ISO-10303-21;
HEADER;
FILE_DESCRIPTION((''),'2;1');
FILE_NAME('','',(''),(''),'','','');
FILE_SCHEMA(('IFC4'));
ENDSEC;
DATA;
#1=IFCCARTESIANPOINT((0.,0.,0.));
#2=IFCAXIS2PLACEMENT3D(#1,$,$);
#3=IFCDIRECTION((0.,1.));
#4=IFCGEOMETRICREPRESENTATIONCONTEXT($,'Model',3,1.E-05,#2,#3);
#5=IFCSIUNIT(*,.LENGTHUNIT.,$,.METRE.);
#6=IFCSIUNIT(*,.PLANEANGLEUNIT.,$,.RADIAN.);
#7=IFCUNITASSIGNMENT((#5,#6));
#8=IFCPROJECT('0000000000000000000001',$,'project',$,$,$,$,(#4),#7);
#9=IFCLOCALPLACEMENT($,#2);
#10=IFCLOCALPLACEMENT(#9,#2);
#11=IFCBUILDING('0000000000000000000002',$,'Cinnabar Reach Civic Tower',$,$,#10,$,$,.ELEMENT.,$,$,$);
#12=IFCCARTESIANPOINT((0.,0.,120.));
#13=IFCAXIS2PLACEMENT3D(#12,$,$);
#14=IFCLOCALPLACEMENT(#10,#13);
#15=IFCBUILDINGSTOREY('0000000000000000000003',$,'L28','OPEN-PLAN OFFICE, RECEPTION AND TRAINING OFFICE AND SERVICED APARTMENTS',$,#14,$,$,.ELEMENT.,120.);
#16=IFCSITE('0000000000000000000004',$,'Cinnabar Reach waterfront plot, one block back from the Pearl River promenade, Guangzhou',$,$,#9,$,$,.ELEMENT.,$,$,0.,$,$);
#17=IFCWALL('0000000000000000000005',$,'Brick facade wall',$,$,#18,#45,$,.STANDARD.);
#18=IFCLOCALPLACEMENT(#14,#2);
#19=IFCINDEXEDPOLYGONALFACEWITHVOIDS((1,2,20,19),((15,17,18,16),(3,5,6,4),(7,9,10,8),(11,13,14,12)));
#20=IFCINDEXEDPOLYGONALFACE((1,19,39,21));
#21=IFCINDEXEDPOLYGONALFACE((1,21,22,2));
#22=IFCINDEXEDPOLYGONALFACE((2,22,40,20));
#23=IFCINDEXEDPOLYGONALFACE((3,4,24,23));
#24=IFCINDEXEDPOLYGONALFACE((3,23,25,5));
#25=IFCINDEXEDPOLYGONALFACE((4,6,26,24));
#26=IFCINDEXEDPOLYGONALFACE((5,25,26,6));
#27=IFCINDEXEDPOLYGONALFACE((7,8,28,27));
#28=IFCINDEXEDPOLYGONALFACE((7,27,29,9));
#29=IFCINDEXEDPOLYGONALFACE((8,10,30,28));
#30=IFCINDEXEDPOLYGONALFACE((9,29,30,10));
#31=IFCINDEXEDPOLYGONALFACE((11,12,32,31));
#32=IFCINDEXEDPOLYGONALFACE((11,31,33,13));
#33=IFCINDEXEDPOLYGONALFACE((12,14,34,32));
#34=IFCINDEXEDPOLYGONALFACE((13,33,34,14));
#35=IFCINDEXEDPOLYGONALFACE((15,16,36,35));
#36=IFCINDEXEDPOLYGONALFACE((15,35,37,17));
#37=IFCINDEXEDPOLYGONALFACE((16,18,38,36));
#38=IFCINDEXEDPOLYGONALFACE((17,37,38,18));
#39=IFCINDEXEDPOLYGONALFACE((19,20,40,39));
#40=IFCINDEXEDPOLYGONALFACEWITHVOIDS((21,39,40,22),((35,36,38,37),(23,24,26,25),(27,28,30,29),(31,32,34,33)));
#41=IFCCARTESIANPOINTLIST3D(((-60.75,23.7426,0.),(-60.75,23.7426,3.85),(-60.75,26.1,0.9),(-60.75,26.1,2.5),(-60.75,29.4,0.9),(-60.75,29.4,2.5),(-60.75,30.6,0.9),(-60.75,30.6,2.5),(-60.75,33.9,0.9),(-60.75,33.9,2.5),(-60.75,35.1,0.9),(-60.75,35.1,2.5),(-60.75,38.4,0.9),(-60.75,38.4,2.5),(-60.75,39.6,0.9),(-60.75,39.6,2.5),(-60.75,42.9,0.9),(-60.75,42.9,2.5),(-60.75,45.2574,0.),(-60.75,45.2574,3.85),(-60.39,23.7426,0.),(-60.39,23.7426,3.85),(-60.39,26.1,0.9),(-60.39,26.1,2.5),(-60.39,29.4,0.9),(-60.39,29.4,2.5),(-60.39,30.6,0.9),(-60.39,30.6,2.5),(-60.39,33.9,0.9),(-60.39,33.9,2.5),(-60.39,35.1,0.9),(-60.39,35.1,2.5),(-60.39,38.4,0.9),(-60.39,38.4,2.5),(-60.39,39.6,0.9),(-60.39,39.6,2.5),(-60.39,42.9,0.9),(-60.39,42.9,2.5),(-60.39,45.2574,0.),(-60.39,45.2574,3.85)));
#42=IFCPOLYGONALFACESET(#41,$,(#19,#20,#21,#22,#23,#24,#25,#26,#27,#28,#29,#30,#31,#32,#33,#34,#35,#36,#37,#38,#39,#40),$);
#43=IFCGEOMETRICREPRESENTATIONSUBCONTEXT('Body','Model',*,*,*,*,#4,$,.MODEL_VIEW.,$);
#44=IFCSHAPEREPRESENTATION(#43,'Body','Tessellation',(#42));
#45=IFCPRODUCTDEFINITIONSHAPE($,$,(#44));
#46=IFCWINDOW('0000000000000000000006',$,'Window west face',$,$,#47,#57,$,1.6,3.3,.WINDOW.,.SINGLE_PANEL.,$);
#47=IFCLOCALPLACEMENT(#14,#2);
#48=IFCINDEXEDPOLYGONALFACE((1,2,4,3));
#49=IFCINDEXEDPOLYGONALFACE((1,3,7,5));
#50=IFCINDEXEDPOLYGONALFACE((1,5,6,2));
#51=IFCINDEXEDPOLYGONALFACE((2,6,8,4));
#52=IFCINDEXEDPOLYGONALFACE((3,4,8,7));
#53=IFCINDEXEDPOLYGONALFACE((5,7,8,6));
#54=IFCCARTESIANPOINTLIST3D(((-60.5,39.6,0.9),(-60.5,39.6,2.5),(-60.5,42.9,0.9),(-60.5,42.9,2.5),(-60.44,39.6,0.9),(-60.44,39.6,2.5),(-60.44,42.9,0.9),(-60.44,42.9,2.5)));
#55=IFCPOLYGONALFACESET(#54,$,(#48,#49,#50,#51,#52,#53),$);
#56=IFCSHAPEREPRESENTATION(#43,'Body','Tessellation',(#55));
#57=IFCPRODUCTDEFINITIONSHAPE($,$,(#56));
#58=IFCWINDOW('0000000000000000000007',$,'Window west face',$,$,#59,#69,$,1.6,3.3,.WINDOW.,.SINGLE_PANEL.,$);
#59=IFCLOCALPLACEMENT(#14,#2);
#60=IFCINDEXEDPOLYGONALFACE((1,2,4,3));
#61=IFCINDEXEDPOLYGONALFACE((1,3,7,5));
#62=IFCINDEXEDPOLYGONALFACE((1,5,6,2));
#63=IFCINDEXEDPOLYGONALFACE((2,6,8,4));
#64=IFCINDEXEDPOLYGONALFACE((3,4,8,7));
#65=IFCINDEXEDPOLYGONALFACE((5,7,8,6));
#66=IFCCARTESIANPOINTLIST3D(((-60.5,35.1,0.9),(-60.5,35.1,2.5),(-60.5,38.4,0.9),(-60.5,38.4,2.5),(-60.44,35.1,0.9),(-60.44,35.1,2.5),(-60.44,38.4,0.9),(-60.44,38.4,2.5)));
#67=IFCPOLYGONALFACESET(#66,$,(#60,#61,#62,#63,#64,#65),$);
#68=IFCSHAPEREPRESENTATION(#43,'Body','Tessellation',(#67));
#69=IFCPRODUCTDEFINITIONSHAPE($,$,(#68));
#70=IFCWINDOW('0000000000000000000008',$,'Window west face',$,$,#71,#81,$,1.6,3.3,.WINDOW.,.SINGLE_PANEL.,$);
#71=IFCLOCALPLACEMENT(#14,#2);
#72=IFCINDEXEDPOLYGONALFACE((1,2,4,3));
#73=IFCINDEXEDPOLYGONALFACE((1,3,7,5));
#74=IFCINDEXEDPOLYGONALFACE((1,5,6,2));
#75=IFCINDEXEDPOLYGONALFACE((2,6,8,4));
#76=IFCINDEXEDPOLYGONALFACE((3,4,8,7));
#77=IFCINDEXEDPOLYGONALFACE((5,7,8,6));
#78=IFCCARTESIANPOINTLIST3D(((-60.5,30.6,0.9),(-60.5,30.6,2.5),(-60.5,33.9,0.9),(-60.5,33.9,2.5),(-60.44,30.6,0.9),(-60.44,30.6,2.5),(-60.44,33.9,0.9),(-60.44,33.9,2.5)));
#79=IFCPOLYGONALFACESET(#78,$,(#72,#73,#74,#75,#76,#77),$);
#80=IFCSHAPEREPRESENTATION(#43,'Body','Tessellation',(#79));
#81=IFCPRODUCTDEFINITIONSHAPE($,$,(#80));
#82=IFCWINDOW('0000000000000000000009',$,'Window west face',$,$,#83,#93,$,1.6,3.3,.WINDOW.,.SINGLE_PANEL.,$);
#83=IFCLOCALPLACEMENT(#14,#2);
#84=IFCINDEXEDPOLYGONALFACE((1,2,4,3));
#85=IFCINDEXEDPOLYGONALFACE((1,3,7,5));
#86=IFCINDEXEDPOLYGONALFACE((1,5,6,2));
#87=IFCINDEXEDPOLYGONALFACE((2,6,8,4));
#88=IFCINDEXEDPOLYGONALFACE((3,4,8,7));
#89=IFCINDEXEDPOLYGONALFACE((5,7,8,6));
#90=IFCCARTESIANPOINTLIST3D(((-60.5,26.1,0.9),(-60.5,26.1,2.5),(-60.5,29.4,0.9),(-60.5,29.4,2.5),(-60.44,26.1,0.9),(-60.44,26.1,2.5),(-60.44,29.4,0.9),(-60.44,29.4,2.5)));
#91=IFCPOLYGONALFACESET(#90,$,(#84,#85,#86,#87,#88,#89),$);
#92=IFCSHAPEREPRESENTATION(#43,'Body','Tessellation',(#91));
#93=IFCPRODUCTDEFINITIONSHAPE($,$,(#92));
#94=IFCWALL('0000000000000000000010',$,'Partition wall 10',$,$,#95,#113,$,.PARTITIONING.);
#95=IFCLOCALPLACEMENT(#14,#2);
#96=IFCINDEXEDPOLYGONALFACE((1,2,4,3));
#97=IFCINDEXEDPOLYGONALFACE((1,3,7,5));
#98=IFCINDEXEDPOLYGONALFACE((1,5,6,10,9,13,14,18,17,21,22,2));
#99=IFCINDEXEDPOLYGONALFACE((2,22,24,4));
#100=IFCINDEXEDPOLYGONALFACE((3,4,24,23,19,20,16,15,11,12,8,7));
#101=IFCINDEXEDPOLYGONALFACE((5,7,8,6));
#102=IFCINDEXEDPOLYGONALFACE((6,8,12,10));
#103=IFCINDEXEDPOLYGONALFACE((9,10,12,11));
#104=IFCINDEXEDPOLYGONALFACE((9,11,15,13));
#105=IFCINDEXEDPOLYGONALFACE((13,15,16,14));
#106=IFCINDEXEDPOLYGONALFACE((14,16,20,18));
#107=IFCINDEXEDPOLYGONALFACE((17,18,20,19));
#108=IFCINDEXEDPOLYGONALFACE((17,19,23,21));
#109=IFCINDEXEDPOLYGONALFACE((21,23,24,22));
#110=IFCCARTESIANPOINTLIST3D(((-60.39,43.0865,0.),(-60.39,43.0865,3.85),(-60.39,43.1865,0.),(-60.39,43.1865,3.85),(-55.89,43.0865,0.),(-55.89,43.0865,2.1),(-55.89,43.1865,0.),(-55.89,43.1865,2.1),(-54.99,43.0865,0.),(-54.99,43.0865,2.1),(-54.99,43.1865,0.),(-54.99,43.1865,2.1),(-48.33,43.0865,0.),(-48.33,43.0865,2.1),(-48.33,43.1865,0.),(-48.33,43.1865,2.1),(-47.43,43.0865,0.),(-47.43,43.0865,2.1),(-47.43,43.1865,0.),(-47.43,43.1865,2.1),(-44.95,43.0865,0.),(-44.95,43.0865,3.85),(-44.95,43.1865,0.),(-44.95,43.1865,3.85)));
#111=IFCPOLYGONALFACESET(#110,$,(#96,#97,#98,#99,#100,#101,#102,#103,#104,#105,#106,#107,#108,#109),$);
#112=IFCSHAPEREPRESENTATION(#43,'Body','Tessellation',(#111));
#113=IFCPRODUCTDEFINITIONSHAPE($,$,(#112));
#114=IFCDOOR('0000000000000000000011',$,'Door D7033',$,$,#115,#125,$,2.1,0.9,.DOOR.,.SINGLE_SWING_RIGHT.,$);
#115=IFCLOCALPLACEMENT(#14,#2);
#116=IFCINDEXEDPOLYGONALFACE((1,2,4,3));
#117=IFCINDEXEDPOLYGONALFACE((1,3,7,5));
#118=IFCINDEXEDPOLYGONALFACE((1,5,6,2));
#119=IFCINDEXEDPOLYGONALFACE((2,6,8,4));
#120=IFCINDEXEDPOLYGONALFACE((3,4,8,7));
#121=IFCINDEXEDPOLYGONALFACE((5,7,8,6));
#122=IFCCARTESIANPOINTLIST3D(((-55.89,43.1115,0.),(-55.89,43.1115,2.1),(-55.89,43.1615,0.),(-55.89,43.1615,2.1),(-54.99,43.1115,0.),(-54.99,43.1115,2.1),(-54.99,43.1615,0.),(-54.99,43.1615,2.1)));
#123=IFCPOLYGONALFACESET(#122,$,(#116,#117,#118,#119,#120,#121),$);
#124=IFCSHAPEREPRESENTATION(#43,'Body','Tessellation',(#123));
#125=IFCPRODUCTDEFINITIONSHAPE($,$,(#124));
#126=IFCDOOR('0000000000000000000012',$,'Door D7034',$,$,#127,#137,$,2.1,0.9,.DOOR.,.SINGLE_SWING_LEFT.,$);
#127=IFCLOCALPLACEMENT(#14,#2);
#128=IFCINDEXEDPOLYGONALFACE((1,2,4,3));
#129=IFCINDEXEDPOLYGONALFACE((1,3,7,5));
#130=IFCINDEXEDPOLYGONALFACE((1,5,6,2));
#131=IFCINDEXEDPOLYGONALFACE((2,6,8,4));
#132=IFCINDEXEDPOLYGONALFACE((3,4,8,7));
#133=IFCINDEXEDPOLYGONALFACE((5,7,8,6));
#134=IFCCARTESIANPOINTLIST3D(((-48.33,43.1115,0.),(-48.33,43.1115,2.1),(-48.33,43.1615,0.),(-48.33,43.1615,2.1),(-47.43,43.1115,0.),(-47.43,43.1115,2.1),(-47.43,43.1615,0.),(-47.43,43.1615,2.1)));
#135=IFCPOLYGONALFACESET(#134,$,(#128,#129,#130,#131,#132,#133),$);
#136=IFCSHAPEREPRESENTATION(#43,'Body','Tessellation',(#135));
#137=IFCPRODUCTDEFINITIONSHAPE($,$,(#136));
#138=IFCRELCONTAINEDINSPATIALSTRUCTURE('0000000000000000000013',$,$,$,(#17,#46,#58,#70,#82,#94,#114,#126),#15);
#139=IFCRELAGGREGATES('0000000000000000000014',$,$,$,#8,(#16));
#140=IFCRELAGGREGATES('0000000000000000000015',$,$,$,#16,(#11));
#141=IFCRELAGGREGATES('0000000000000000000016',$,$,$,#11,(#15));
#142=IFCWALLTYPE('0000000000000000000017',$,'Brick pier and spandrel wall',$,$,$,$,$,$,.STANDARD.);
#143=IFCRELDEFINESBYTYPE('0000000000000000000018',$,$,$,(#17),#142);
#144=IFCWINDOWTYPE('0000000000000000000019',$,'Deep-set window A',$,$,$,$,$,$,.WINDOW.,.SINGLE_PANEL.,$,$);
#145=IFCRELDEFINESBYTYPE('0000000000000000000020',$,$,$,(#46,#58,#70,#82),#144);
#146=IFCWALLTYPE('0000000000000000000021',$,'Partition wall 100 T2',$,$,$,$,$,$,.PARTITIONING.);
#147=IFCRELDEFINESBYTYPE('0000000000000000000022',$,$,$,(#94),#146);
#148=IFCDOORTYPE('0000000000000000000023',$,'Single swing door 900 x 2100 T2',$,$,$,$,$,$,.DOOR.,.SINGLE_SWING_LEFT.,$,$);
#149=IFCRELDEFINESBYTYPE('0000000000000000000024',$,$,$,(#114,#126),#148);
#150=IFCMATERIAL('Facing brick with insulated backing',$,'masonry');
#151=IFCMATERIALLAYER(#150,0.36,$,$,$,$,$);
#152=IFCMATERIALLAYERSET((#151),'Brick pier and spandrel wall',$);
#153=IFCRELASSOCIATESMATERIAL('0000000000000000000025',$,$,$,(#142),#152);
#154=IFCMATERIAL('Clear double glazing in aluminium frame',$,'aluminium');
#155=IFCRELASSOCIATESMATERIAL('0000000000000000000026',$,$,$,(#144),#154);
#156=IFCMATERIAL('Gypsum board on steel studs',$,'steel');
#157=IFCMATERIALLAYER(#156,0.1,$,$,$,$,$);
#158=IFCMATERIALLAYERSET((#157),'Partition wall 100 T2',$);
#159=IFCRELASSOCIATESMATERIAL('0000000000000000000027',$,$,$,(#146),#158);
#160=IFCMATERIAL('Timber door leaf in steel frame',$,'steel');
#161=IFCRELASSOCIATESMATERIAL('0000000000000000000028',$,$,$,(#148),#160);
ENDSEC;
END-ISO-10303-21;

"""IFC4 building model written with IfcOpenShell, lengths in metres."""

from ifc_helpers import new_model, si_unit, direction, frame, frame_2d, origin, place, context, subcontext, project, spatial, rectangle, extrude, material, layer, layer_set, type_object, element, fill, save


model = new_model("IFC4")

# Units and contexts
model_context = context("Model", 3, precision=1e-05, world=origin(), true_north=direction((0.0, 1.0)))
body_context = subcontext(model_context, "Body", "Model", "MODEL_VIEW")
ifc_project = project(units=[si_unit("LENGTHUNIT", "METRE"), si_unit("PLANEANGLEUNIT", "RADIAN")], contexts=[model_context])

# Site, building, storey
site_placement = place(None, origin())
site = spatial("IfcSite", under=ifc_project, at=site_placement, Name="Cinnabar Reach waterfront plot, one block back from the Pearl River promenade, Guangzhou", CompositionType="ELEMENT", RefElevation=0.0)
building_placement = place(site_placement, origin())
building = spatial("IfcBuilding", under=site, at=building_placement, Name="Cinnabar Reach Civic Tower", CompositionType="ELEMENT")
storey_placement = place(building_placement, frame((0.0, 0.0, 120.0)))
storey = spatial("IfcBuildingStorey", under=building, at=storey_placement, Name="L28", Description="OPEN-PLAN OFFICE, RECEPTION AND TRAINING OFFICE AND SERVICED APARTMENTS", CompositionType="ELEMENT", Elevation=120.0)

# Shared definitions
ifc_material_1 = material(Name="Facing brick with insulated backing", Category="masonry")
ifc_layer_1 = layer(ifc_material_1, 0.36)
ifc_layer_set_1 = layer_set([ifc_layer_1], Name="Brick pier and spandrel wall")
wall_type_1 = type_object("IfcWallType", Name="Brick pier and spandrel wall", PredefinedType="STANDARD", material=ifc_layer_set_1)

# Wall, openings, windows
wall_1_placement = place(storey_placement, frame((-60.57, 45.2574, 0.0), z_axis=(0.0, 0.0, 1.0), x_axis=(0.0, -1.0, 0.0)))
wall_1 = element("IfcWall", 1, at=wall_1_placement, inside=storey, type_object=wall_type_1, Name="Brick facade wall", PredefinedType="STANDARD", context=body_context, shape_type="SweptSolid", body=[
    extrude(rectangle(XDim=21.5148, YDim=0.36, at=frame_2d((10.7574, 0.0))), origin(), (0.0, 0.0, 1.0), 3.85),
])
opening_1_placement = place(wall_1_placement, frame((2.3574, 0.0, 0.9)))
opening_1 = element("IfcOpeningElement", 2, at=opening_1_placement, cuts=wall_1, PredefinedType="OPENING", context=body_context, shape_type="SweptSolid", body=[
    extrude(rectangle(XDim=3.3, YDim=1.6, at=frame_2d((1.65, 0.8))), frame((0.0, 0.19, 0.0), z_axis=(0.0, -1.0, 0.0), x_axis=(1.0, 0.0, 0.0)), (0.0, 0.0, 1.0), 0.38),
])
opening_2_placement = place(wall_1_placement, frame((6.8574, 0.0, 0.9)))
opening_2 = element("IfcOpeningElement", 3, at=opening_2_placement, cuts=wall_1, PredefinedType="OPENING", context=body_context, shape_type="SweptSolid", body=[
    extrude(rectangle(XDim=3.3, YDim=1.6, at=frame_2d((1.65, 0.8))), frame((0.0, 0.19, 0.0), z_axis=(0.0, -1.0, 0.0), x_axis=(1.0, 0.0, 0.0)), (0.0, 0.0, 1.0), 0.38),
])
opening_3_placement = place(wall_1_placement, frame((11.3574, 0.0, 0.9)))
opening_3 = element("IfcOpeningElement", 4, at=opening_3_placement, cuts=wall_1, PredefinedType="OPENING", context=body_context, shape_type="SweptSolid", body=[
    extrude(rectangle(XDim=3.3, YDim=1.6, at=frame_2d((1.65, 0.8))), frame((0.0, 0.19, 0.0), z_axis=(0.0, -1.0, 0.0), x_axis=(1.0, 0.0, 0.0)), (0.0, 0.0, 1.0), 0.38),
])
opening_4_placement = place(wall_1_placement, frame((15.8574, 0.0, 0.9)))
opening_4 = element("IfcOpeningElement", 5, at=opening_4_placement, cuts=wall_1, PredefinedType="OPENING", context=body_context, shape_type="SweptSolid", body=[
    extrude(rectangle(XDim=3.3, YDim=1.6, at=frame_2d((1.65, 0.8))), frame((0.0, 0.19, 0.0), z_axis=(0.0, -1.0, 0.0), x_axis=(1.0, 0.0, 0.0)), (0.0, 0.0, 1.0), 0.38),
])
ifc_material_2 = material(Name="Clear double glazing in aluminium frame", Category="aluminium")
window_type = type_object("IfcWindowType", Name="Deep-set window A", PartitioningType="SINGLE_PANEL", PredefinedType="WINDOW", material=ifc_material_2)
window_1_placement = place(opening_1_placement, origin())
window_1 = element("IfcWindow", 6, at=window_1_placement, inside=storey, type_object=window_type, Name="Window west face", OverallHeight=1.6, OverallWidth=3.3, PartitioningType="SINGLE_PANEL", PredefinedType="WINDOW", context=body_context, shape_type="SweptSolid", body=[
    extrude(rectangle(XDim=3.3, YDim=1.6, at=frame_2d((1.65, 0.8))), frame((0.0, 0.13, 0.0), z_axis=(0.0, -1.0, 0.0), x_axis=(1.0, 0.0, 0.0)), (0.0, 0.0, 1.0), 0.06),
])
fill(opening_1, window_1)
window_2_placement = place(opening_2_placement, origin())
window_2 = element("IfcWindow", 7, at=window_2_placement, inside=storey, type_object=window_type, Name="Window west face", OverallHeight=1.6, OverallWidth=3.3, PartitioningType="SINGLE_PANEL", PredefinedType="WINDOW", context=body_context, shape_type="SweptSolid", body=[
    extrude(rectangle(XDim=3.3, YDim=1.6, at=frame_2d((1.65, 0.8))), frame((0.0, 0.13, 0.0), z_axis=(0.0, -1.0, 0.0), x_axis=(1.0, 0.0, 0.0)), (0.0, 0.0, 1.0), 0.06),
])
fill(opening_2, window_2)
window_3_placement = place(opening_3_placement, origin())
window_3 = element("IfcWindow", 8, at=window_3_placement, inside=storey, type_object=window_type, Name="Window west face", OverallHeight=1.6, OverallWidth=3.3, PartitioningType="SINGLE_PANEL", PredefinedType="WINDOW", context=body_context, shape_type="SweptSolid", body=[
    extrude(rectangle(XDim=3.3, YDim=1.6, at=frame_2d((1.65, 0.8))), frame((0.0, 0.13, 0.0), z_axis=(0.0, -1.0, 0.0), x_axis=(1.0, 0.0, 0.0)), (0.0, 0.0, 1.0), 0.06),
])
fill(opening_3, window_3)
window_4_placement = place(opening_4_placement, origin())
window_4 = element("IfcWindow", 9, at=window_4_placement, inside=storey, type_object=window_type, Name="Window west face", OverallHeight=1.6, OverallWidth=3.3, PartitioningType="SINGLE_PANEL", PredefinedType="WINDOW", context=body_context, shape_type="SweptSolid", body=[
    extrude(rectangle(XDim=3.3, YDim=1.6, at=frame_2d((1.65, 0.8))), frame((0.0, 0.13, 0.0), z_axis=(0.0, -1.0, 0.0), x_axis=(1.0, 0.0, 0.0)), (0.0, 0.0, 1.0), 0.06),
])
fill(opening_4, window_4)

# Wall, openings, doors
ifc_material_3 = material(Name="Gypsum board on steel studs", Category="steel")
ifc_layer_2 = layer(ifc_material_3, 0.1)
ifc_layer_set_2 = layer_set([ifc_layer_2], Name="Partition wall 100 T2")
wall_type_2 = type_object("IfcWallType", Name="Partition wall 100 T2", PredefinedType="PARTITIONING", material=ifc_layer_set_2)
wall_2_placement = place(storey_placement, frame((-60.39, 43.1365, 0.0), z_axis=(0.0, 0.0, 1.0), x_axis=(1.0, 0.0, 0.0)))
wall_2 = element("IfcWall", 10, at=wall_2_placement, inside=storey, type_object=wall_type_2, Name="Partition wall 10", PredefinedType="PARTITIONING", context=body_context, shape_type="SweptSolid", body=[
    extrude(rectangle(XDim=15.44, YDim=0.1, at=frame_2d((7.72, 0.0))), origin(), (0.0, 0.0, 1.0), 3.85),
])
opening_5_placement = place(wall_2_placement, frame((4.5, 0.0, 0.0)))
opening_5 = element("IfcOpeningElement", 11, at=opening_5_placement, cuts=wall_2, PredefinedType="OPENING", context=body_context, shape_type="SweptSolid", body=[
    extrude(rectangle(XDim=0.9, YDim=2.1, at=frame_2d((0.45, 1.05))), frame((0.0, 0.06, 0.0), z_axis=(0.0, -1.0, 0.0), x_axis=(1.0, 0.0, 0.0)), (0.0, 0.0, 1.0), 0.12),
])
opening_6_placement = place(wall_2_placement, frame((12.06, 0.0, 0.0)))
opening_6 = element("IfcOpeningElement", 12, at=opening_6_placement, cuts=wall_2, PredefinedType="OPENING", context=body_context, shape_type="SweptSolid", body=[
    extrude(rectangle(XDim=0.9, YDim=2.1, at=frame_2d((0.45, 1.05))), frame((0.0, 0.06, 0.0), z_axis=(0.0, -1.0, 0.0), x_axis=(1.0, 0.0, 0.0)), (0.0, 0.0, 1.0), 0.12),
])
ifc_material_4 = material(Name="Timber door leaf in steel frame", Category="steel")
door_type = type_object("IfcDoorType", Name="Single swing door 900 x 2100 T2", OperationType="SINGLE_SWING_LEFT", PredefinedType="DOOR", material=ifc_material_4)
door_1_placement = place(opening_5_placement, frame((0.9, 0.0, 0.0), z_axis=(0.0, 0.0, 1.0), x_axis=(-1.0, 0.0, 0.0)))
door_1 = element("IfcDoor", 13, at=door_1_placement, inside=storey, type_object=door_type, Name="Door D7033", OperationType="SINGLE_SWING_RIGHT", OverallHeight=2.1, OverallWidth=0.9, PredefinedType="DOOR", context=body_context, shape_type="SweptSolid", body=[
    extrude(rectangle(XDim=0.9, YDim=2.1, at=frame_2d((0.45, 1.05))), frame((0.0, 0.025, 0.0), z_axis=(0.0, -1.0, 0.0), x_axis=(1.0, 0.0, 0.0)), (0.0, 0.0, 1.0), 0.05),
])
fill(opening_5, door_1)
door_2_placement = place(opening_6_placement, origin())
door_2 = element("IfcDoor", 14, at=door_2_placement, inside=storey, type_object=door_type, Name="Door D7034", OperationType="SINGLE_SWING_LEFT", OverallHeight=2.1, OverallWidth=0.9, PredefinedType="DOOR", context=body_context, shape_type="SweptSolid", body=[
    extrude(rectangle(XDim=0.9, YDim=2.1, at=frame_2d((0.45, 1.05))), frame((0.0, 0.025, 0.0), z_axis=(0.0, -1.0, 0.0), x_axis=(1.0, 0.0, 0.0)), (0.0, 0.0, 1.0), 0.05),
])
fill(opening_6, door_2)

save(model, "model.ifc")
